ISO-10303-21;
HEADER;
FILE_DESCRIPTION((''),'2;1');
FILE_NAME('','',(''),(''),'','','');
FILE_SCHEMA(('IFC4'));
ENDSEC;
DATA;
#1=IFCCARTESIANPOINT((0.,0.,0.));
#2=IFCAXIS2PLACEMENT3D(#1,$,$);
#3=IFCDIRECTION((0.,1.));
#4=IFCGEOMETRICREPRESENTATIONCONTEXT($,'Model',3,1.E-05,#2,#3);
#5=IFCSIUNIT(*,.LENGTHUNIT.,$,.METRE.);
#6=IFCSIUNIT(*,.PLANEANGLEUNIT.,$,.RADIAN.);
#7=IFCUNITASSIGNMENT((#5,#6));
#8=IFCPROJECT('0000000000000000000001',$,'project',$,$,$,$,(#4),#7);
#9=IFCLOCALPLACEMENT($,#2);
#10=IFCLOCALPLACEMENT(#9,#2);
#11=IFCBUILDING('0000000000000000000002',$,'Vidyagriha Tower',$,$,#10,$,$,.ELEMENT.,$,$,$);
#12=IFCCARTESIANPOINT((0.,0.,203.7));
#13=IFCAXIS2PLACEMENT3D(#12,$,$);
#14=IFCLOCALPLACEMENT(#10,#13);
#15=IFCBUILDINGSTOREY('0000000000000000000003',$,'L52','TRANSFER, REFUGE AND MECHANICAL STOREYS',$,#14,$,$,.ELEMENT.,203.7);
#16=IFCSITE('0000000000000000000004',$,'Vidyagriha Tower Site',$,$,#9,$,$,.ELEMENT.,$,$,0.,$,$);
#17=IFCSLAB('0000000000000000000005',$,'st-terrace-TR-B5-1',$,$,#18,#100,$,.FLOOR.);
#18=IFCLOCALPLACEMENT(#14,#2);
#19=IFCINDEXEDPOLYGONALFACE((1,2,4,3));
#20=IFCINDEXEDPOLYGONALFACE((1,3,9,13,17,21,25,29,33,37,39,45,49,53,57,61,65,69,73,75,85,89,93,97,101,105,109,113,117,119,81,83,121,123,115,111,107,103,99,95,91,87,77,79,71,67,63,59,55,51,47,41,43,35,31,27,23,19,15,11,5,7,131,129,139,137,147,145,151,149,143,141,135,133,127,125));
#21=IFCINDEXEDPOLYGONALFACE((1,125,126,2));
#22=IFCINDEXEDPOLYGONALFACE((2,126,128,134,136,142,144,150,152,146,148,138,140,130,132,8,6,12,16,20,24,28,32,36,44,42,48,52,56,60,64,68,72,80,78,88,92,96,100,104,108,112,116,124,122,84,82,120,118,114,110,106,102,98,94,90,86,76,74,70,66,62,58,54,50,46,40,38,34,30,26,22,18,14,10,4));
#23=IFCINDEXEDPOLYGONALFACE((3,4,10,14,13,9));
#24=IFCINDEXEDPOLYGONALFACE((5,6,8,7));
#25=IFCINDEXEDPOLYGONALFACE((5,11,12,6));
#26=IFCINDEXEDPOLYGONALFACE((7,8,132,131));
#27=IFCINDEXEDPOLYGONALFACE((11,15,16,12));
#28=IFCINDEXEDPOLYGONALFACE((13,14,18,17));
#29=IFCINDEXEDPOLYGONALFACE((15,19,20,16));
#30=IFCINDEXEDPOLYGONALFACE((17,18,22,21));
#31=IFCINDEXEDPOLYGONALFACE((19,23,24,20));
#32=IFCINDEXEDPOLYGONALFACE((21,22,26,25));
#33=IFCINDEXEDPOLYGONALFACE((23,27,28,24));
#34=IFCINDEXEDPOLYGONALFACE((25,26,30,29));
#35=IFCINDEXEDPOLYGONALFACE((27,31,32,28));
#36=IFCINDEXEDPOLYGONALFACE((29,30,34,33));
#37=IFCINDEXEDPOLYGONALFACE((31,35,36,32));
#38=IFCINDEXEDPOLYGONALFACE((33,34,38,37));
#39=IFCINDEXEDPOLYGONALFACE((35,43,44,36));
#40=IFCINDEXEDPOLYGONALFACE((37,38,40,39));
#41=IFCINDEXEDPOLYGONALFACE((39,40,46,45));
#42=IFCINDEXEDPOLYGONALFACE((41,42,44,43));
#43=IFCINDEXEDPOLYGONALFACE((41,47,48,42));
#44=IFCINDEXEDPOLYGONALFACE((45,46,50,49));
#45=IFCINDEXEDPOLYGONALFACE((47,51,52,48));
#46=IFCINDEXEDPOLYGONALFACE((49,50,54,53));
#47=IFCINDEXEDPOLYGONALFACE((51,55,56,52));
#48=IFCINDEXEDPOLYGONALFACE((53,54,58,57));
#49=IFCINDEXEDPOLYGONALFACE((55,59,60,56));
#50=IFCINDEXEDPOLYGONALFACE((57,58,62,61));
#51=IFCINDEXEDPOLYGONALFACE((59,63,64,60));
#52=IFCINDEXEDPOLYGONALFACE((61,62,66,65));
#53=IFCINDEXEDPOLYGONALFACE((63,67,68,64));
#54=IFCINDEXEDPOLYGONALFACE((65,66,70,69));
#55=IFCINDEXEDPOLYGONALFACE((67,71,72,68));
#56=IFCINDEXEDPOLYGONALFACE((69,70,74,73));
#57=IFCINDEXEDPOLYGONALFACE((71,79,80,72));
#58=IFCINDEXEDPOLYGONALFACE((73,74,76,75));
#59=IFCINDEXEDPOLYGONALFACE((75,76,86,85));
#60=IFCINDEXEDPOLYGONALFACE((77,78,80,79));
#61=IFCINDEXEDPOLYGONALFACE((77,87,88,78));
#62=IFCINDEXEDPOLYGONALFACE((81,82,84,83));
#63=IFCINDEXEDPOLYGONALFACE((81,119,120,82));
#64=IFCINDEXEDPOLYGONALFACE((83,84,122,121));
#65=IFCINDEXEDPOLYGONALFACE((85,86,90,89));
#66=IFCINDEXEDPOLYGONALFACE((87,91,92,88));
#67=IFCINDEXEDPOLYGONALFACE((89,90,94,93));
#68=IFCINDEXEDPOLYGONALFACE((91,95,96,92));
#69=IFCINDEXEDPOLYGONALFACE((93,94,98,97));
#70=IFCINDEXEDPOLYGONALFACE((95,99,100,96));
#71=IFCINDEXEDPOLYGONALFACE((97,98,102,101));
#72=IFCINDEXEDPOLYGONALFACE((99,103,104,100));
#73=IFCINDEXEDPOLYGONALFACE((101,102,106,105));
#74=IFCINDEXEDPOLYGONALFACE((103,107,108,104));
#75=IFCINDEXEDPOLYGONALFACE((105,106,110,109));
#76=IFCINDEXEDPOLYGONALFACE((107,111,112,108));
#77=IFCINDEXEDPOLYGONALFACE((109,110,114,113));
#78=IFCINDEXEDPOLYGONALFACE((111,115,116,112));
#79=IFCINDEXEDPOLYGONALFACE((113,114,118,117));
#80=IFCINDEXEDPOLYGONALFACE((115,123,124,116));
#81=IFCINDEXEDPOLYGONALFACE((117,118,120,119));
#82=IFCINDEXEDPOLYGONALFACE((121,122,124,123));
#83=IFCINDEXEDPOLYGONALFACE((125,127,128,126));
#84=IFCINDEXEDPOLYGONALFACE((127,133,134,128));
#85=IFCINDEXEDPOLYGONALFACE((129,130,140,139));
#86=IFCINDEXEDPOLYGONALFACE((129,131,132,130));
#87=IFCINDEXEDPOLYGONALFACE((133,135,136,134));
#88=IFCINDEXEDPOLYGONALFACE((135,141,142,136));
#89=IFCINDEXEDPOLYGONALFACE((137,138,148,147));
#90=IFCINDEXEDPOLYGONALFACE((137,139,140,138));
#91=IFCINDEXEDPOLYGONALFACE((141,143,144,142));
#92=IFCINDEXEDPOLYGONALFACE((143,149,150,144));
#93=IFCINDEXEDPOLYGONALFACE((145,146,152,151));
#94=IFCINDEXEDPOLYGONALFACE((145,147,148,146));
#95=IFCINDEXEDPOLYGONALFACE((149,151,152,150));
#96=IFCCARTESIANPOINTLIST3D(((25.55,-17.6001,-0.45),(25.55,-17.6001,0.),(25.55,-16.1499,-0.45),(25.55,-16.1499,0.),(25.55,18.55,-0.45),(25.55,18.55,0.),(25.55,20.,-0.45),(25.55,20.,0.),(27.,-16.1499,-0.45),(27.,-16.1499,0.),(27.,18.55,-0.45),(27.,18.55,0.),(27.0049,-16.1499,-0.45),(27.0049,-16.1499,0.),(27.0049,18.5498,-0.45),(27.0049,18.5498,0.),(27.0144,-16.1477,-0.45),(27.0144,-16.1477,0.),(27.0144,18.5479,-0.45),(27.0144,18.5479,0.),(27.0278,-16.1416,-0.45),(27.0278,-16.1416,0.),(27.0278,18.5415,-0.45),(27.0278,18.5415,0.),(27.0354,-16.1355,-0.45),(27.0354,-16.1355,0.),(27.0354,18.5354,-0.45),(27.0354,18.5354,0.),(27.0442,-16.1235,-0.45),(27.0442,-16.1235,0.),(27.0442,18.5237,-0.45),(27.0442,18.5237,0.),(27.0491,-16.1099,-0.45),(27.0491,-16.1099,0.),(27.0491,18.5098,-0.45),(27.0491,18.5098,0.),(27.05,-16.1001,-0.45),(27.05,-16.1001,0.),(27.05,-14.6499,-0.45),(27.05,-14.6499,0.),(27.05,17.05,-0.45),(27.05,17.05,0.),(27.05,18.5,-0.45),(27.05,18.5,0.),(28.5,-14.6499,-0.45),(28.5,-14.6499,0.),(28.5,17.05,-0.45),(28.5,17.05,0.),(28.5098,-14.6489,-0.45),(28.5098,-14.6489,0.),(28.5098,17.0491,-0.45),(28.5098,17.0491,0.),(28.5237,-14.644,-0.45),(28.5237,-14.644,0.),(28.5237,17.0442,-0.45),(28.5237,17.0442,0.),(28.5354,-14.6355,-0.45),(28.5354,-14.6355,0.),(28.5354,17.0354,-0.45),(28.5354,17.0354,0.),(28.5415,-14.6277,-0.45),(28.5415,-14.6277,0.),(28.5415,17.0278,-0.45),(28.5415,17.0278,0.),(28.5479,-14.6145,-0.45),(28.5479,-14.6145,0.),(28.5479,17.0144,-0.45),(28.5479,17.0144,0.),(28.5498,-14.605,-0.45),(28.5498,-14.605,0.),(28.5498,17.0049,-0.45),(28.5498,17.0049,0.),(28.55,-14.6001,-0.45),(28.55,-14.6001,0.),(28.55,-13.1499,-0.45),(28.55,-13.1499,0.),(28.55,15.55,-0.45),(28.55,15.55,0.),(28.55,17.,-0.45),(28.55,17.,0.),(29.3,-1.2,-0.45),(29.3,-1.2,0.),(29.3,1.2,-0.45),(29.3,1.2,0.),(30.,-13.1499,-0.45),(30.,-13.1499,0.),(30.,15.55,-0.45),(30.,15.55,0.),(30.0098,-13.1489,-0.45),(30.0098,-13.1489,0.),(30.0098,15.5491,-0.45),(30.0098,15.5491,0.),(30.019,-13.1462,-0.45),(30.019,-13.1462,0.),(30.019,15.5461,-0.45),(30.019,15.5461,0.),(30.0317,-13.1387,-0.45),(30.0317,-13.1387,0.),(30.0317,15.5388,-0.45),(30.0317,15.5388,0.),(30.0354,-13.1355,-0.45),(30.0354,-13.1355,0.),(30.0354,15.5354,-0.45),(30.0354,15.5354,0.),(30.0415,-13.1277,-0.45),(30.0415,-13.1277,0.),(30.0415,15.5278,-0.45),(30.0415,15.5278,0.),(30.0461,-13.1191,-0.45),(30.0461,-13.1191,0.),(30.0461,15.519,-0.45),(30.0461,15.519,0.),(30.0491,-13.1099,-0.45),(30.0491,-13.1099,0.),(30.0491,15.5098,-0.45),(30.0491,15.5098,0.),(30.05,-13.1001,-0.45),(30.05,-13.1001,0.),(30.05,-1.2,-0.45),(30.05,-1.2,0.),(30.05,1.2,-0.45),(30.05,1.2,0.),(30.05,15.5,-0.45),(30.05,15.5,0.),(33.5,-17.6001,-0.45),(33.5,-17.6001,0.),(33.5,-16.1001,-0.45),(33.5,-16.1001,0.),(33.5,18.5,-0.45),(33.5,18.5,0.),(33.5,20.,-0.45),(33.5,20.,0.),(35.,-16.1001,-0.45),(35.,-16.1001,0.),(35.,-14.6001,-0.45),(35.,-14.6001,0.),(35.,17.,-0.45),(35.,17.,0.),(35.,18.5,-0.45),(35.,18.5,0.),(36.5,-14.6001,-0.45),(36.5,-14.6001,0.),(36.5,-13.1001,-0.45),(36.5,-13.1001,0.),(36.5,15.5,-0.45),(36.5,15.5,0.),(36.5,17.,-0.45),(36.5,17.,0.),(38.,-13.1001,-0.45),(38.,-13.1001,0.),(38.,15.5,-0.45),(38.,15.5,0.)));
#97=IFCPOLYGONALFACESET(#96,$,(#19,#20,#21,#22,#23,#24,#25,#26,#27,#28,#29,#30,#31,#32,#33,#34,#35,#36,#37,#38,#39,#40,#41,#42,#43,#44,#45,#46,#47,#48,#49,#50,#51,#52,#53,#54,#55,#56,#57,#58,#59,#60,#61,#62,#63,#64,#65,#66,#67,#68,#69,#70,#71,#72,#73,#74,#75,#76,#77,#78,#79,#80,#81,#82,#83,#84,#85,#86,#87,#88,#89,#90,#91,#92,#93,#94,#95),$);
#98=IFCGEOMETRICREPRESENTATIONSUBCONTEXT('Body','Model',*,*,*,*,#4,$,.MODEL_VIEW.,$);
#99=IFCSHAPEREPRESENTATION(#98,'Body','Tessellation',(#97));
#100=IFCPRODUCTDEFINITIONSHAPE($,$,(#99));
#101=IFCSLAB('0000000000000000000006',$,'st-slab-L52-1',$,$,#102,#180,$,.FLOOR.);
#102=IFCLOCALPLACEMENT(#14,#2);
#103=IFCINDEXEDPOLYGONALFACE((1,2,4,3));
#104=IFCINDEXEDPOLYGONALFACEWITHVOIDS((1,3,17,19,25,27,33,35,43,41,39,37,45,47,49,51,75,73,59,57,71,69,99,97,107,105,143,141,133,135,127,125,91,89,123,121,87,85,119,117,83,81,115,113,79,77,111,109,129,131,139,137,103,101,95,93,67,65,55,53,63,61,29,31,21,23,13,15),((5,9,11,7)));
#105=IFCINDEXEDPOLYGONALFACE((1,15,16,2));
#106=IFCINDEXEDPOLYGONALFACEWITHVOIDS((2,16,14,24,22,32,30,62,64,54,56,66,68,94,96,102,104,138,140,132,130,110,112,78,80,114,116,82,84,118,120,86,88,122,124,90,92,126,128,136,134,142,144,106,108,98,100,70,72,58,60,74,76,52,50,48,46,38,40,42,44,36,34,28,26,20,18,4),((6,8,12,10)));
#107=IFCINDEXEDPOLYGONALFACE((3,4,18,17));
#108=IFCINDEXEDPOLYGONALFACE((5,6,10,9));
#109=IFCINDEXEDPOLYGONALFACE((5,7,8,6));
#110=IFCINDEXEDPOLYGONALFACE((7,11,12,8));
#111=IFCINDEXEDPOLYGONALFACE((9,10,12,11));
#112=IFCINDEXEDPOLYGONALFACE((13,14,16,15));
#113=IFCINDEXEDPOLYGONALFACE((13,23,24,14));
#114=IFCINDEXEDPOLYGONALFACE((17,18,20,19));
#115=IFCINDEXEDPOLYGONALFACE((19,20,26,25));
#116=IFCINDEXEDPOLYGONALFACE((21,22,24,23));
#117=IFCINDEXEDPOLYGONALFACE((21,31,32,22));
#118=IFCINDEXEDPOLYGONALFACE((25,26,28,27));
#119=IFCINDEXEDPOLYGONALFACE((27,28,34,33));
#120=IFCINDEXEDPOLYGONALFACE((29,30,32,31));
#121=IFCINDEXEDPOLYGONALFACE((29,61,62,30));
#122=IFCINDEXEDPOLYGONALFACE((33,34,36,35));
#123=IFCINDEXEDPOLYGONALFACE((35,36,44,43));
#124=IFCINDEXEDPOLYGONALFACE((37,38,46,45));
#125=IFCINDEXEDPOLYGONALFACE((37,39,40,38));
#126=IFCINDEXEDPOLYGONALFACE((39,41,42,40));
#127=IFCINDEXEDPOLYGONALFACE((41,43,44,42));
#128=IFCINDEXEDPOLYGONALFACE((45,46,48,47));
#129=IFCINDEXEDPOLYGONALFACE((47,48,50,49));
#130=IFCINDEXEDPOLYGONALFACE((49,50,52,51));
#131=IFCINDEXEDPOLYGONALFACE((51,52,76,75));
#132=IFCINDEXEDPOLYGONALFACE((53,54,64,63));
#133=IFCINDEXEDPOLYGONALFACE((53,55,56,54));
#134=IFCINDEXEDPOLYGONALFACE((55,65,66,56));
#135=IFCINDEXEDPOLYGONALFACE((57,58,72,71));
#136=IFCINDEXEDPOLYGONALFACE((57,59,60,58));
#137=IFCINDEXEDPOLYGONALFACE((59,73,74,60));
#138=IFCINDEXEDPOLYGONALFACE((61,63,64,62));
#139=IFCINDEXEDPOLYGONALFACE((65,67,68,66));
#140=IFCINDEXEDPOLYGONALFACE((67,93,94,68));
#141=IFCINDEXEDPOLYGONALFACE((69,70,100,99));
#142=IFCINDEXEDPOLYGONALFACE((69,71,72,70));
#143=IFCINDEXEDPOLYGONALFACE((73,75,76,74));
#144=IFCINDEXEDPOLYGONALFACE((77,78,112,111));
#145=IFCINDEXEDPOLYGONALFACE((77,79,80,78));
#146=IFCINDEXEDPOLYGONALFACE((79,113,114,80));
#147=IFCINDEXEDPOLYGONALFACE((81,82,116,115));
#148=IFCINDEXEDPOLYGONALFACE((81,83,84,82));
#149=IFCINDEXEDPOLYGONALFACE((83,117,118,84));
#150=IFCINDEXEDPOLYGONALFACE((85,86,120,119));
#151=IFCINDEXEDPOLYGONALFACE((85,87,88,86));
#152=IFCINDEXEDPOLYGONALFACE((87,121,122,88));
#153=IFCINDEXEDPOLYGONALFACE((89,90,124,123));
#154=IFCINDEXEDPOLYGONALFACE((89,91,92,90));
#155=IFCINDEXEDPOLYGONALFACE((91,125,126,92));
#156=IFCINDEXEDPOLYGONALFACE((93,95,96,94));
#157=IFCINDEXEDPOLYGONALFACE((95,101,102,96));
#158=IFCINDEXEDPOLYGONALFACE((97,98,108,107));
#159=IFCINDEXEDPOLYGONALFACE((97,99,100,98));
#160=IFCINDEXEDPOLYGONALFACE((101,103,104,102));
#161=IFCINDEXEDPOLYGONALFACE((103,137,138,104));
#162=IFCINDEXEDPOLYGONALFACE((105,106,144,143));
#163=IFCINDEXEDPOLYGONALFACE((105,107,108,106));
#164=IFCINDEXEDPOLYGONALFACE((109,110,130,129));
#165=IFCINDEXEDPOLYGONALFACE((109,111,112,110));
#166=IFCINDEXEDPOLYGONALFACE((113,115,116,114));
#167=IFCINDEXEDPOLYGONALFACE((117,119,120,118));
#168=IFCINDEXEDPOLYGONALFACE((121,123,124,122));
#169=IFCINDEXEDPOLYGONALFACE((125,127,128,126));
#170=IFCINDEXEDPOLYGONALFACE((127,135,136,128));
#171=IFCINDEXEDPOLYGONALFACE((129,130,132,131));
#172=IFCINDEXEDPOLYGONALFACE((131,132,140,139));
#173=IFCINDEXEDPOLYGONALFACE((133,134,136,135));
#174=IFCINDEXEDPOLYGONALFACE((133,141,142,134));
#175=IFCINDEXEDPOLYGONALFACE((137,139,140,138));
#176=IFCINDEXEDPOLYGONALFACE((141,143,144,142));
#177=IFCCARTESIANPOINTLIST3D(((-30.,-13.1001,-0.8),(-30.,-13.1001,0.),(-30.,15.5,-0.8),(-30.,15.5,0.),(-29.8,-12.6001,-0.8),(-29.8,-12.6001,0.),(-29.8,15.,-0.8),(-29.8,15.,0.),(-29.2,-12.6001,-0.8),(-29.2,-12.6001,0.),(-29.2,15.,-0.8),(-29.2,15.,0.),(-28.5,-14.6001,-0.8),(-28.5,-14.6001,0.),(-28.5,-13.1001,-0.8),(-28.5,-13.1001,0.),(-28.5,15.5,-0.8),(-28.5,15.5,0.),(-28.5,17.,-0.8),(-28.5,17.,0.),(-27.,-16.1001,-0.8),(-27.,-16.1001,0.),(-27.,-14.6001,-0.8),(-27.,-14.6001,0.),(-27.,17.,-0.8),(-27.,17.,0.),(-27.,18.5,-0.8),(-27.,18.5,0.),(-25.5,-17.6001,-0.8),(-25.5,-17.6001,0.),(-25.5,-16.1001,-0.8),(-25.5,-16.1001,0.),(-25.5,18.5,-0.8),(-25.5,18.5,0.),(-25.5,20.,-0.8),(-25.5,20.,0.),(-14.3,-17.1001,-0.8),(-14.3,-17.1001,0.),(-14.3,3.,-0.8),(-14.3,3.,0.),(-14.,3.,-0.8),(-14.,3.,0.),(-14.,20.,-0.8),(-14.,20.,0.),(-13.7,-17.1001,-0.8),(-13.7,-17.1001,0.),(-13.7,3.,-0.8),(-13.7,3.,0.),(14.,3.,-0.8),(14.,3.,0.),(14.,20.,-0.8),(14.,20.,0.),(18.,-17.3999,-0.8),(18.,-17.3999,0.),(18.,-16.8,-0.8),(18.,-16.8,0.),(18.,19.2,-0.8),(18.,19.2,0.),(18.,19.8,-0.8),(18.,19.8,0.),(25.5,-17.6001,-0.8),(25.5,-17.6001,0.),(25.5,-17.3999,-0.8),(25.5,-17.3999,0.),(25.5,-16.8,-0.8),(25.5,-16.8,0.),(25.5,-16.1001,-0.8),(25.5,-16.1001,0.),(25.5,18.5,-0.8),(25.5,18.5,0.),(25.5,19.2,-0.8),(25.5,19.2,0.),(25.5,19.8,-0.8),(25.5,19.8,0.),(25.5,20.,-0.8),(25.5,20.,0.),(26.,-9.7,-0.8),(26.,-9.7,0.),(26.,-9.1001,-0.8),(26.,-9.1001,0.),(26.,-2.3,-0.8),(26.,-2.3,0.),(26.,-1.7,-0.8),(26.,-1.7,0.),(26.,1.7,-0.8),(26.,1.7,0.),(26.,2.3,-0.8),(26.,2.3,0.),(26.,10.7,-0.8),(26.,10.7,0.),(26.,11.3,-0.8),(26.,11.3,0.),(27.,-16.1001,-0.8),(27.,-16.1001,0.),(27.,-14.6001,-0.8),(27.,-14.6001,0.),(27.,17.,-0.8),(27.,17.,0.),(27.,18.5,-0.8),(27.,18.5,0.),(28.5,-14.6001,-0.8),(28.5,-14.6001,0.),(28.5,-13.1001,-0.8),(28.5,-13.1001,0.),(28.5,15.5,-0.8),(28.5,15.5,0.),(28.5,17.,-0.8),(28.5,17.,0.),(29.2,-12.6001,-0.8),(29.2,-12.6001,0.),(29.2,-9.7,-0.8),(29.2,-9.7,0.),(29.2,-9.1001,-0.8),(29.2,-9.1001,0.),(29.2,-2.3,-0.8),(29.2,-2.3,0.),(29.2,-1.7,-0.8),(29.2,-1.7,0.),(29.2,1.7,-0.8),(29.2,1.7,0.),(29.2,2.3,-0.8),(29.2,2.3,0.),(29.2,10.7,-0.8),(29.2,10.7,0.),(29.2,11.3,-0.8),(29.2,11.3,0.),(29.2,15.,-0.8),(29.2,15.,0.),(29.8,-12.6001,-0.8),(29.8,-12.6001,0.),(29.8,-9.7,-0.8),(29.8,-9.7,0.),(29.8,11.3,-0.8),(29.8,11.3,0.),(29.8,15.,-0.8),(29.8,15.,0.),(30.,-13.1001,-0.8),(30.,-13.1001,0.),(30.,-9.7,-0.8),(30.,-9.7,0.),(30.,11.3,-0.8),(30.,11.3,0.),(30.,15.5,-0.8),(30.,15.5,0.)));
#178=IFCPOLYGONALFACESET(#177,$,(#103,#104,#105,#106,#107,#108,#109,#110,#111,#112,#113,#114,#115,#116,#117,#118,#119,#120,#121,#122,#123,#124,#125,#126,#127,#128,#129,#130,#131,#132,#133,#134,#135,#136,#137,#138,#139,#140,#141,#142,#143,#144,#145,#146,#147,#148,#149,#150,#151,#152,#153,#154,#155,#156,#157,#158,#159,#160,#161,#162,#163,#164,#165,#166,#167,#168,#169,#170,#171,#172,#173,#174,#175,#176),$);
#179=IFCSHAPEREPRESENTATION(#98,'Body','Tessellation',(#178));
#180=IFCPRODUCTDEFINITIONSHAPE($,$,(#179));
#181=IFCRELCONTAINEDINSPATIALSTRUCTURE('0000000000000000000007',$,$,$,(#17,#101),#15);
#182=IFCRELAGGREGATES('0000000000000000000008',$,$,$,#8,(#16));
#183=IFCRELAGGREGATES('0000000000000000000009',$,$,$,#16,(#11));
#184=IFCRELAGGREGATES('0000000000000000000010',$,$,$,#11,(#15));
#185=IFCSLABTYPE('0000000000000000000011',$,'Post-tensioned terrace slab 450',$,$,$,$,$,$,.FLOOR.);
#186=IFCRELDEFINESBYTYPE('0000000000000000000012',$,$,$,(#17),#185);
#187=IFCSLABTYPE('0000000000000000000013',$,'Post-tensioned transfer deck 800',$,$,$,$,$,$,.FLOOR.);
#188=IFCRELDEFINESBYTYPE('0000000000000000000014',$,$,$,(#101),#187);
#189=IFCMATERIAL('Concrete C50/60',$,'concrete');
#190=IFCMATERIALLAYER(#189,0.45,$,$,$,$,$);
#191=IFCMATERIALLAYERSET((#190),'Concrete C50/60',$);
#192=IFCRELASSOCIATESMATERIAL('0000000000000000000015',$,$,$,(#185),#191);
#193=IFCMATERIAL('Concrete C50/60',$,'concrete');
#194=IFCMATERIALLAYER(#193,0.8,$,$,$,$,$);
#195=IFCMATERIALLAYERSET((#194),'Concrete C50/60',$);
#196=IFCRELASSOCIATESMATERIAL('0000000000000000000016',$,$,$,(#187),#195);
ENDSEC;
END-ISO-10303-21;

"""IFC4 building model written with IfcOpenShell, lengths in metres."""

from ifc_helpers import new_model, si_unit, direction, frame, origin, place, context, subcontext, project, spatial, polyline, outline, extrude, material, layer, layer_set, type_object, element, save


model = new_model("IFC4")

# Units and contexts
model_context = context("Model", 3, precision=1e-05, world=origin(), true_north=direction((0.0, 1.0)))
body_context = subcontext(model_context, "Body", "Model", "MODEL_VIEW")
ifc_project = project(units=[si_unit("LENGTHUNIT", "METRE"), si_unit("PLANEANGLEUNIT", "RADIAN")], contexts=[model_context])

# Site, building, storey
site_placement = place(None, origin())
site = spatial("IfcSite", under=ifc_project, at=site_placement, Name="Vidyagriha Tower Site", CompositionType="ELEMENT", RefElevation=0.0)
building_placement = place(site_placement, origin())
building = spatial("IfcBuilding", under=site, at=building_placement, Name="Vidyagriha Tower", CompositionType="ELEMENT")
storey_placement = place(building_placement, frame((0.0, 0.0, 203.7)))
storey = spatial("IfcBuildingStorey", under=building, at=storey_placement, Name="L52", Description="TRANSFER, REFUGE AND MECHANICAL STOREYS", CompositionType="ELEMENT", Elevation=203.7)

# Slabs
ifc_material_1 = material(Name="Concrete C50/60", Category="concrete")
ifc_layer_1 = layer(ifc_material_1, 0.45)
ifc_layer_set_1 = layer_set([ifc_layer_1], Name="Concrete C50/60")
slab_type_1 = type_object("IfcSlabType", Name="Post-tensioned terrace slab 450", PredefinedType="FLOOR", material=ifc_layer_set_1)
slab_1_placement = place(storey_placement, frame((0.0, 0.0, -0.45)))
element("IfcSlab", 1, at=slab_1_placement, inside=storey, type_object=slab_type_1, Name="st-terrace-TR-B5-1", PredefinedType="FLOOR", context=body_context, shape_type="SweptSolid", body=[
    extrude(outline(polyline([(30.05, 1.2), (30.05, 15.5), (30.0491, 15.5098), (30.0461, 15.519), (30.0415, 15.5278), (30.0354, 15.5354), (30.0317, 15.5388), (30.019, 15.5461), (30.0098, 15.5491), (30.0, 15.55), (28.55, 15.55), (28.55, 17.0), (28.5498, 17.0049), (28.5479, 17.0144), (28.5415, 17.0278), (28.5354, 17.0354), (28.5237, 17.0442), (28.5098, 17.0491), (28.5, 17.05), (27.05, 17.05), (27.05, 18.5), (27.0491, 18.5098), (27.0442, 18.5237), (27.0354, 18.5354), (27.0278, 18.5415), (27.0144, 18.5479), (27.0049, 18.5498), (27.0, 18.55), (25.55, 18.55), (25.55, 20.0), (33.5, 20.0), (33.5, 18.5), (35.0, 18.5), (35.0, 17.0), (36.5, 17.0), (36.5, 15.5), (38.0, 15.5), (38.0, -13.1001), (36.5, -13.1001), (36.5, -14.6001), (35.0, -14.6001), (35.0, -16.1001), (33.5, -16.1001), (33.5, -17.6001), (25.55, -17.6001), (25.55, -16.1499), (27.0, -16.1499), (27.0049, -16.1499), (27.0144, -16.1477), (27.0278, -16.1416), (27.0354, -16.1355), (27.0442, -16.1235), (27.0491, -16.1099), (27.05, -16.1001), (27.05, -14.6499), (28.5, -14.6499), (28.5098, -14.6489), (28.5237, -14.644), (28.5354, -14.6355), (28.5415, -14.6277), (28.5479, -14.6145), (28.5498, -14.605), (28.55, -14.6001), (28.55, -13.1499), (30.0, -13.1499), (30.0098, -13.1489), (30.019, -13.1462), (30.0317, -13.1387), (30.0354, -13.1355), (30.0415, -13.1277), (30.0461, -13.1191), (30.0491, -13.1099), (30.05, -13.1001), (30.05, -1.2), (29.3, -1.2), (29.3, 1.2), (30.05, 1.2)])), origin(), (0.0, 0.0, 1.0), 0.45),
])
ifc_material_2 = material(Name="Concrete C50/60", Category="concrete")
ifc_layer_2 = layer(ifc_material_2, 0.8)
ifc_layer_set_2 = layer_set([ifc_layer_2], Name="Concrete C50/60")
slab_type_2 = type_object("IfcSlabType", Name="Post-tensioned transfer deck 800", PredefinedType="FLOOR", material=ifc_layer_set_2)
slab_2_placement = place(storey_placement, frame((0.0, 0.0, -0.8)))
element("IfcSlab", 2, at=slab_2_placement, inside=storey, type_object=slab_type_2, Name="st-slab-L52-1", PredefinedType="FLOOR", context=body_context, shape_type="SweptSolid", body=[
    extrude(outline(polyline([(27.0, -14.6001), (27.0, -16.1001), (25.5, -16.1001), (25.5, -16.8), (18.0, -16.8), (18.0, -17.3999), (25.5, -17.3999), (25.5, -17.6001), (-25.5, -17.6001), (-25.5, -16.1001), (-27.0, -16.1001), (-27.0, -14.6001), (-28.5, -14.6001), (-28.5, -13.1001), (-30.0, -13.1001), (-30.0, 15.5), (-28.5, 15.5), (-28.5, 17.0), (-27.0, 17.0), (-27.0, 18.5), (-25.5, 18.5), (-25.5, 20.0), (-14.0, 20.0), (-14.0, 3.0), (-14.3, 3.0), (-14.3, -17.1001), (-13.7, -17.1001), (-13.7, 3.0), (14.0, 3.0), (14.0, 20.0), (25.5, 20.0), (25.5, 19.8), (18.0, 19.8), (18.0, 19.2), (25.5, 19.2), (25.5, 18.5), (27.0, 18.5), (27.0, 17.0), (28.5, 17.0), (28.5, 15.5), (30.0, 15.5), (30.0, 11.3), (29.8, 11.3), (29.8, 15.0), (29.2, 15.0), (29.2, 11.3), (26.0, 11.3), (26.0, 10.7), (29.2, 10.7), (29.2, 2.3), (26.0, 2.3), (26.0, 1.7), (29.2, 1.7), (29.2, -1.7), (26.0, -1.7), (26.0, -2.3), (29.2, -2.3), (29.2, -9.1001), (26.0, -9.1001), (26.0, -9.7), (29.2, -9.7), (29.2, -12.6001), (29.8, -12.6001), (29.8, -9.7), (30.0, -9.7), (30.0, -13.1001), (28.5, -13.1001), (28.5, -14.6001), (27.0, -14.6001)]), holes=[polyline([(-29.2, -12.6001), (-29.2, 15.0), (-29.8, 15.0), (-29.8, -12.6001), (-29.2, -12.6001)])]), origin(), (0.0, 0.0, 1.0), 0.8),
])

save(model, "model.ifc")
